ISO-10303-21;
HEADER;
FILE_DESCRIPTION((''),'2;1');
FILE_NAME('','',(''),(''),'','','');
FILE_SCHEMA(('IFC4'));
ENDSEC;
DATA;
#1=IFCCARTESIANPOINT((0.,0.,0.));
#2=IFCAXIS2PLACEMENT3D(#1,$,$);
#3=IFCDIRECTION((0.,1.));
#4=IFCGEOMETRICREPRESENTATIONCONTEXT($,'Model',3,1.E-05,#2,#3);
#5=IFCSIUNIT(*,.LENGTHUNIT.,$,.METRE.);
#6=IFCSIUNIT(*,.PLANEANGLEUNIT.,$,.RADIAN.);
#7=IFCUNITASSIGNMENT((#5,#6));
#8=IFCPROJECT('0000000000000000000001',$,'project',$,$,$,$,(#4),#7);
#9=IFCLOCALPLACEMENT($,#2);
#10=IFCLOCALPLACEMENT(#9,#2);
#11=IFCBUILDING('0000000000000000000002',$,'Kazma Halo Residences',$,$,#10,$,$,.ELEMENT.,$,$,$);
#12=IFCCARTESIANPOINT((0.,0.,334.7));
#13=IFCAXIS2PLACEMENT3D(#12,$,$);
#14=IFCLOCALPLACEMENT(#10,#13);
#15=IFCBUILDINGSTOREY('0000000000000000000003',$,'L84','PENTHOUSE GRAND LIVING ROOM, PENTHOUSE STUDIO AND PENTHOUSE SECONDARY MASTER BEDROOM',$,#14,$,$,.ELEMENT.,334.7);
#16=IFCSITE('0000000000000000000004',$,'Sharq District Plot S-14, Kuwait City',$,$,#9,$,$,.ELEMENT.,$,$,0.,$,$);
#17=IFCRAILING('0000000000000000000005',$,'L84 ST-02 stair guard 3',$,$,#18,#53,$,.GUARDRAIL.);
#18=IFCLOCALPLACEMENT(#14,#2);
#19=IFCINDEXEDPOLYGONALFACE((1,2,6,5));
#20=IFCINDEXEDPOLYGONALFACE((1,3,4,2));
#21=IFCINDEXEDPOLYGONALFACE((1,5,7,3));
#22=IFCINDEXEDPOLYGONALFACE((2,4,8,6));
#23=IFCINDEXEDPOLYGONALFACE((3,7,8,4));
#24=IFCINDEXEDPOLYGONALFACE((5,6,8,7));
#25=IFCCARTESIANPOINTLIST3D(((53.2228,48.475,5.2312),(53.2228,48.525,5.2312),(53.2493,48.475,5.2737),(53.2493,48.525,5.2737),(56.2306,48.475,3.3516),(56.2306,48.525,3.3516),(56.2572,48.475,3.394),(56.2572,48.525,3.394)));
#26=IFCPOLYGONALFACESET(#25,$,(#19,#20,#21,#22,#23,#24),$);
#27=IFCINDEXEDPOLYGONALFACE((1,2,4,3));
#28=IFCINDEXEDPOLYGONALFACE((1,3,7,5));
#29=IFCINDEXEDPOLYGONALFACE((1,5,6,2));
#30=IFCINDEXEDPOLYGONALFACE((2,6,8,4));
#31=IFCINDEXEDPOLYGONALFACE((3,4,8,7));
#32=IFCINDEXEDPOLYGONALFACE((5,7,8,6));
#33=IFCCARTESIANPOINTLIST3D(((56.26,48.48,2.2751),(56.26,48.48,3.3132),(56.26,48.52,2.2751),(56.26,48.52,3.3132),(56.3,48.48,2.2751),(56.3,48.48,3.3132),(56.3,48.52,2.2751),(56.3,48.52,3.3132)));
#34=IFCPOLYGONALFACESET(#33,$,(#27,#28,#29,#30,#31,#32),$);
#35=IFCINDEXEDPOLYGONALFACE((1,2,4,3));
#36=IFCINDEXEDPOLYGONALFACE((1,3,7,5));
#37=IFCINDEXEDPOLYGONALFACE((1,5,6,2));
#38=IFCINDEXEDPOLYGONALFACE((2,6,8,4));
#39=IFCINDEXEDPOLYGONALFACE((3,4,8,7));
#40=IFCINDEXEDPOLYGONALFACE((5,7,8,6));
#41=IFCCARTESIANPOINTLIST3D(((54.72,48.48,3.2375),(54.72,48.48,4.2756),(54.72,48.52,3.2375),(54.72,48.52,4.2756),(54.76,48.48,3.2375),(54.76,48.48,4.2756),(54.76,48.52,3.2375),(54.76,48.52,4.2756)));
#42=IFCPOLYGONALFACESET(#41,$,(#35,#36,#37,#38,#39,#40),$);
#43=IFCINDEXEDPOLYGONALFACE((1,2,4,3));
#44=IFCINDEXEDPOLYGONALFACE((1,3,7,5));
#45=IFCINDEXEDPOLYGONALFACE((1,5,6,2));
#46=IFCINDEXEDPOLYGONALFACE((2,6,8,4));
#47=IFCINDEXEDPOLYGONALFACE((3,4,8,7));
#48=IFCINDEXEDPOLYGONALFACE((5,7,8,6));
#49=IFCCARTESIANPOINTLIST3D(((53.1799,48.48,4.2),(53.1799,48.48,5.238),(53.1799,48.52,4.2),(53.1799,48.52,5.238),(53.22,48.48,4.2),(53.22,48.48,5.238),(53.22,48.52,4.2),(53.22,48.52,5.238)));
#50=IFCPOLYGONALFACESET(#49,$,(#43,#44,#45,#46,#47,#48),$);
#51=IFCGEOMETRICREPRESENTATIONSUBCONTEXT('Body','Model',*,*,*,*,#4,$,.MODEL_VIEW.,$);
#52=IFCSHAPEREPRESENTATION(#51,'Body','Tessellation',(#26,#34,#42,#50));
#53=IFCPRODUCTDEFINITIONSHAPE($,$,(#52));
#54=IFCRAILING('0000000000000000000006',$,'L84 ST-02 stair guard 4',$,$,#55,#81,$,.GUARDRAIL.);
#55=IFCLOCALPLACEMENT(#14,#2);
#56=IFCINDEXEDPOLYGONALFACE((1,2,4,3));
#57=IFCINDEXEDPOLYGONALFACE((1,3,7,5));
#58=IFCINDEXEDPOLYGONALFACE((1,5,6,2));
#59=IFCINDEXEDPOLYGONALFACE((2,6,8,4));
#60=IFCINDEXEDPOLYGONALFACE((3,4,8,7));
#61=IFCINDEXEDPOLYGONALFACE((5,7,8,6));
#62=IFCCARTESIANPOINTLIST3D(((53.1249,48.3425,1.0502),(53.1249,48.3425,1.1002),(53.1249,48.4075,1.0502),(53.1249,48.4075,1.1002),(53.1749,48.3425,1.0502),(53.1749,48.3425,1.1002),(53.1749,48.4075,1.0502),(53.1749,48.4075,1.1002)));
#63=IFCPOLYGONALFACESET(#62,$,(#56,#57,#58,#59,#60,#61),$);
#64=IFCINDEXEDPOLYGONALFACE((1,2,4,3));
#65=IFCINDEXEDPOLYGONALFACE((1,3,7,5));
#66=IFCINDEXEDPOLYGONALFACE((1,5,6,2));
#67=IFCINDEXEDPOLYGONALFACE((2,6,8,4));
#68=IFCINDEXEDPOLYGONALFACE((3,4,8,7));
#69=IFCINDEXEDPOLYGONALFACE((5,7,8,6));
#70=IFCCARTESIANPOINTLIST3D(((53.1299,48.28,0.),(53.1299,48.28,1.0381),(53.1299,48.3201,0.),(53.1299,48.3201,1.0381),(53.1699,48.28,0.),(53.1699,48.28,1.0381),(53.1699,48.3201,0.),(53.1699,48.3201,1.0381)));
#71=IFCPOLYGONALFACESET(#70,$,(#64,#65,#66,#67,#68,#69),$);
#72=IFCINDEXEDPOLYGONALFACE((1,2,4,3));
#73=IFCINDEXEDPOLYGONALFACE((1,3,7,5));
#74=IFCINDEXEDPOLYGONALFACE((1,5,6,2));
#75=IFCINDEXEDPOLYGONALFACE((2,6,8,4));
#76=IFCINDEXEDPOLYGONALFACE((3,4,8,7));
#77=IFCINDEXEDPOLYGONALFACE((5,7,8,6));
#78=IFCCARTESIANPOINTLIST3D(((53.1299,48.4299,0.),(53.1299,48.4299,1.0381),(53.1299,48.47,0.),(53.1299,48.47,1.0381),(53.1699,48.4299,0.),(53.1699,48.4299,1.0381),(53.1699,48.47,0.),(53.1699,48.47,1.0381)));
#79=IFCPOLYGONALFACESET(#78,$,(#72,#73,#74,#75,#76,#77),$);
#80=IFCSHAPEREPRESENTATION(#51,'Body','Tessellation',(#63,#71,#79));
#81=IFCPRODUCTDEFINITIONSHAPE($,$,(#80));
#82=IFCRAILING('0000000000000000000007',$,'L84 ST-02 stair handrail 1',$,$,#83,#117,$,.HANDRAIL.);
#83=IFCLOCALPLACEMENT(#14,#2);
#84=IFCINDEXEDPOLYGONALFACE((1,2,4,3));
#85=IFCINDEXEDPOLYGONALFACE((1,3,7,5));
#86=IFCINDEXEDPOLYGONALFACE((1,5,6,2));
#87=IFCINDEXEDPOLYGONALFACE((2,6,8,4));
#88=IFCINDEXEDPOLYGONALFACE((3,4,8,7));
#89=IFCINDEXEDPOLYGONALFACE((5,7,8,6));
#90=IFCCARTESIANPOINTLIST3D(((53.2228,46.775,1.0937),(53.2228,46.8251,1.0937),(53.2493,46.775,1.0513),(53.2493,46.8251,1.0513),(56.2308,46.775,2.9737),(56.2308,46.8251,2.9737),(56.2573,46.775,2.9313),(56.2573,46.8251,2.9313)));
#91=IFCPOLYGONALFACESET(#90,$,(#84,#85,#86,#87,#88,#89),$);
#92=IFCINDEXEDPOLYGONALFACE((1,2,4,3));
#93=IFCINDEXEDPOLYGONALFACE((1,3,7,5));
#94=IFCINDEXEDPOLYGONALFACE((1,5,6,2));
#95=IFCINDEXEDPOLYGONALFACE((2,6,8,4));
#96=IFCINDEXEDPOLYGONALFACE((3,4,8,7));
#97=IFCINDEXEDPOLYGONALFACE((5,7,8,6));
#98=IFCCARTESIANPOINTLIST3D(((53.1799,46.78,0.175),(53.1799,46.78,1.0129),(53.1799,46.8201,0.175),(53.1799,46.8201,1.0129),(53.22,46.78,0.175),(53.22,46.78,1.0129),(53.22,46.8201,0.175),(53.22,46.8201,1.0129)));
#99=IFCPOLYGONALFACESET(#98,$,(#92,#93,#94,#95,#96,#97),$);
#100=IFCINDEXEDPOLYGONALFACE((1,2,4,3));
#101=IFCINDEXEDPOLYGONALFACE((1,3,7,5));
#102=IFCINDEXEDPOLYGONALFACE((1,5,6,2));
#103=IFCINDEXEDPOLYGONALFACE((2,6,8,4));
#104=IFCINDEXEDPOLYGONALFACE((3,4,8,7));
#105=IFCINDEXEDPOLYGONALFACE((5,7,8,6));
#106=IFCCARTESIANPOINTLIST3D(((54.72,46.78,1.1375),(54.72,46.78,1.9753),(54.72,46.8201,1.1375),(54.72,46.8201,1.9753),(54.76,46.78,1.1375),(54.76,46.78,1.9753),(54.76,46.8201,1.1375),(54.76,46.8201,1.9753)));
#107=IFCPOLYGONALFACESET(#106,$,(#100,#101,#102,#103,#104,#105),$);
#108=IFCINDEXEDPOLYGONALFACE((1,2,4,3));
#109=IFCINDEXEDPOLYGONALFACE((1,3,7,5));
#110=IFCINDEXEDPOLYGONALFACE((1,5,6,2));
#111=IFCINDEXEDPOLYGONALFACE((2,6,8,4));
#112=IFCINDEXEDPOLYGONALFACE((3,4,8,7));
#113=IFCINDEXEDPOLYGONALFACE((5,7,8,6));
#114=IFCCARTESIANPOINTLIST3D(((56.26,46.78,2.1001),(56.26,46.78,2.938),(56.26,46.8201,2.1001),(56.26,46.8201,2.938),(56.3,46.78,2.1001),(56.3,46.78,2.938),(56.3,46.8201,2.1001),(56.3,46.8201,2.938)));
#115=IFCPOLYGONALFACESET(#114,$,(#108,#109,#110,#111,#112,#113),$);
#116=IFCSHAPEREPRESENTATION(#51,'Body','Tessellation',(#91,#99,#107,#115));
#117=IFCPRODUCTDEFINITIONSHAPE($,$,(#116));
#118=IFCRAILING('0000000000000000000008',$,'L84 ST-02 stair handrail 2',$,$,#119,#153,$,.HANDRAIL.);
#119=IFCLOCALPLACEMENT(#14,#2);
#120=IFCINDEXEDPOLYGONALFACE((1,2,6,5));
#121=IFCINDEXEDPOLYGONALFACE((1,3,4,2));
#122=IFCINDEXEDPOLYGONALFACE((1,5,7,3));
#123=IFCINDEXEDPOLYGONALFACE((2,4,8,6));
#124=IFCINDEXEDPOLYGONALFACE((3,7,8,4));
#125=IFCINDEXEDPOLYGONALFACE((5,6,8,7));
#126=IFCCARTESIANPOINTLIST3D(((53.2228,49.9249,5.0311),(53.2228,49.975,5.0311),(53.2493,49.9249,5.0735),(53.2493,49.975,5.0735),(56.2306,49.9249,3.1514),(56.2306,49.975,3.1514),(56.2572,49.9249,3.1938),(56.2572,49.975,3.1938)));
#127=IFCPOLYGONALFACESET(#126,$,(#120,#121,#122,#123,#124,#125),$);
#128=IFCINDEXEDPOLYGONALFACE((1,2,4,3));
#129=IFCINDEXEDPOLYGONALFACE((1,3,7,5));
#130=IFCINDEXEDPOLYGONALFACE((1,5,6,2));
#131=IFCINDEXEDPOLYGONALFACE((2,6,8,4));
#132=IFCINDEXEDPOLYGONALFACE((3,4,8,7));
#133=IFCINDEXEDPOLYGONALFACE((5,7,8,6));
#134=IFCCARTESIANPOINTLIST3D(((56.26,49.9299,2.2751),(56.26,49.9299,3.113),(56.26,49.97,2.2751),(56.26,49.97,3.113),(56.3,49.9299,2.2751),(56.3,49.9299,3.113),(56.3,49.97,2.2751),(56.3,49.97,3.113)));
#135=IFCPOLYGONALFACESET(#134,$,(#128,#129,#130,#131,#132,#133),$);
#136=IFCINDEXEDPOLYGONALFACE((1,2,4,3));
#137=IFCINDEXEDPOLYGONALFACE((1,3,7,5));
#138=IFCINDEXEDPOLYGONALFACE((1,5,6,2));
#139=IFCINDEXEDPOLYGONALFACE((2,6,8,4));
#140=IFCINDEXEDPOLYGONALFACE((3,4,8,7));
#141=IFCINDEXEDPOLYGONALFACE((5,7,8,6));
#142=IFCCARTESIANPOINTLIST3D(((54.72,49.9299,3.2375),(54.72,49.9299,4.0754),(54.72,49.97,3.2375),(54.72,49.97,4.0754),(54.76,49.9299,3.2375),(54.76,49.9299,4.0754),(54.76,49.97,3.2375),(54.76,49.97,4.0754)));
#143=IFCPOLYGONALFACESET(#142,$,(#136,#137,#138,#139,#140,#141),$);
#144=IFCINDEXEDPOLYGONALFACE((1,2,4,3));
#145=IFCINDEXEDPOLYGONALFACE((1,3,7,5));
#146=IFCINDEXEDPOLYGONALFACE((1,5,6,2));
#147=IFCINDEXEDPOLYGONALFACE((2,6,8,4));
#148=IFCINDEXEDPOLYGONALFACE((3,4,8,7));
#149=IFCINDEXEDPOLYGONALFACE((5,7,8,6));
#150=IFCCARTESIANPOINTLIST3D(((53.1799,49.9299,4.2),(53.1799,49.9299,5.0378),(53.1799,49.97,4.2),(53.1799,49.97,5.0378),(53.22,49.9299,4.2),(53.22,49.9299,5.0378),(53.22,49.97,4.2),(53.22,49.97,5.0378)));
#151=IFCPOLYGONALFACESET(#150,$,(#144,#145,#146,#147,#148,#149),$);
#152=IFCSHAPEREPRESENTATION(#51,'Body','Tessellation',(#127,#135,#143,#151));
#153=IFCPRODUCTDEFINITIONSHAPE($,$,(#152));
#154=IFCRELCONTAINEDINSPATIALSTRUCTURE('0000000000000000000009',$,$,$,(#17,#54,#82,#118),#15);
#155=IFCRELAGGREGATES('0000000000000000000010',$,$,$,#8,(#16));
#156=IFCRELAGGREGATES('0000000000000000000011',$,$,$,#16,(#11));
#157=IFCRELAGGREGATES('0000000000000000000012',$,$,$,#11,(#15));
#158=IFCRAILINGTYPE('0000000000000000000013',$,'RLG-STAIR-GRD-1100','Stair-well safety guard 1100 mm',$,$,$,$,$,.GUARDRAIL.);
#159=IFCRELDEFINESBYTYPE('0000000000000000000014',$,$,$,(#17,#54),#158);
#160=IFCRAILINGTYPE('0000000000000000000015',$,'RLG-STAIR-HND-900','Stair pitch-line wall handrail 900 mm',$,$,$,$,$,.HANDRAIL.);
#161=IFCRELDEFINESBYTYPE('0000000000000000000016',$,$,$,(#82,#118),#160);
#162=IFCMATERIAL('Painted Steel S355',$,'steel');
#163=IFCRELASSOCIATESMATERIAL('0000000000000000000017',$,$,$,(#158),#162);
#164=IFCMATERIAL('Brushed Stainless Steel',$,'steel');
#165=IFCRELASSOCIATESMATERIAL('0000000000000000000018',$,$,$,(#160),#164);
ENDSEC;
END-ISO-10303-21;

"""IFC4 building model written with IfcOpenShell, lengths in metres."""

from ifc_helpers import new_model, si_unit, direction, frame, origin, origin_2d, place, context, subcontext, project, spatial, rectangle, extrude, material, type_object, element, save


model = new_model("IFC4")

# Units and contexts
model_context = context("Model", 3, precision=1e-05, world=origin(), true_north=direction((0.0, 1.0)))
body_context = subcontext(model_context, "Body", "Model", "MODEL_VIEW")
ifc_project = project(units=[si_unit("LENGTHUNIT", "METRE"), si_unit("PLANEANGLEUNIT", "RADIAN")], contexts=[model_context])

# Site, building, storey
site_placement = place(None, origin())
site = spatial("IfcSite", under=ifc_project, at=site_placement, Name="Sharq District Plot S-14, Kuwait City", CompositionType="ELEMENT", RefElevation=0.0)
building_placement = place(site_placement, origin())
building = spatial("IfcBuilding", under=site, at=building_placement, Name="Kazma Halo Residences", CompositionType="ELEMENT")
storey_placement = place(building_placement, frame((0.0, 0.0, 334.7)))
storey = spatial("IfcBuildingStorey", under=building, at=storey_placement, Name="L84", Description="PENTHOUSE GRAND LIVING ROOM, PENTHOUSE STUDIO AND PENTHOUSE SECONDARY MASTER BEDROOM", CompositionType="ELEMENT", Elevation=334.7)

# Railings
ifc_material_1 = material(Name="Painted Steel S355", Category="steel")
railing_type_1 = type_object("IfcRailingType", Name="RLG-STAIR-GRD-1100", Description="Stair-well safety guard 1100 mm", PredefinedType="GUARDRAIL", material=ifc_material_1)
railing_1_placement = place(storey_placement, frame((56.28, 48.5, 2.2751)))
element("IfcRailing", 1, at=railing_1_placement, inside=storey, type_object=railing_type_1, Name="L84 ST-02 stair guard 3", PredefinedType="GUARDRAIL", context=body_context, shape_type="SweptSolid", body=[
    extrude(rectangle(XDim=0.05, YDim=0.05, at=origin_2d()), frame((-0.0361, 0.0, 1.0977), z_axis=(-0.848029, 0.0, 0.529951), x_axis=(0.0, -1.0, 0.0)), (0.0, 0.0, 1.0), 3.5469),
    extrude(rectangle(XDim=0.04, YDim=0.04, at=origin_2d()), origin(), (0.0, 0.0, 1.0), 1.0381),
    extrude(rectangle(XDim=0.04, YDim=0.04, at=origin_2d()), frame((-1.54, 0.0, 0.9624)), (0.0, 0.0, 1.0), 1.0381),
    extrude(rectangle(XDim=0.04, YDim=0.04, at=origin_2d()), frame((-3.0801, 0.0, 1.9248)), (0.0, 0.0, 1.0), 1.0381),
])
railing_2_placement = place(storey_placement, frame((53.1499, 48.3, 0.0)))
element("IfcRailing", 2, at=railing_2_placement, inside=storey, type_object=railing_type_1, Name="L84 ST-02 stair guard 4", PredefinedType="GUARDRAIL", context=body_context, shape_type="SweptSolid", body=[
    extrude(rectangle(XDim=0.05, YDim=0.05, at=origin_2d()), frame((0.0, 0.0425, 1.0752), z_axis=(0.0, 1.0, 0.0), x_axis=(-1.0, 0.0, 0.0)), (0.0, 0.0, 1.0), 0.0649),
    extrude(rectangle(XDim=0.04, YDim=0.04, at=origin_2d()), origin(), (0.0, 0.0, 1.0), 1.0381),
    extrude(rectangle(XDim=0.04, YDim=0.04, at=origin_2d()), frame((0.0, 0.1499, 0.0)), (0.0, 0.0, 1.0), 1.0381),
])
ifc_material_2 = material(Name="Brushed Stainless Steel", Category="steel")
railing_type_2 = type_object("IfcRailingType", Name="RLG-STAIR-HND-900", Description="Stair pitch-line wall handrail 900 mm", PredefinedType="HANDRAIL", material=ifc_material_2)
railing_3_placement = place(storey_placement, frame((53.2, 46.8, 0.175)))
element("IfcRailing", 3, at=railing_3_placement, inside=storey, type_object=railing_type_2, Name="L84 ST-02 stair handrail 1", PredefinedType="HANDRAIL", context=body_context, shape_type="SweptSolid", body=[
    extrude(rectangle(XDim=0.05, YDim=0.05, at=origin_2d()), frame((0.0361, 0.0, 0.8975), z_axis=(0.847998, 0.0, 0.529999), x_axis=(0.0, 1.0, 0.0)), (0.0, 0.0, 1.0), 3.5471),
    extrude(rectangle(XDim=0.04, YDim=0.04, at=origin_2d()), origin(), (0.0, 0.0, 1.0), 0.8379),
    extrude(rectangle(XDim=0.04, YDim=0.04, at=origin_2d()), frame((1.54, 0.0, 0.9624)), (0.0, 0.0, 1.0), 0.8379),
    extrude(rectangle(XDim=0.04, YDim=0.04, at=origin_2d()), frame((3.0801, 0.0, 1.925)), (0.0, 0.0, 1.0), 0.8379),
])
railing_4_placement = place(storey_placement, frame((56.28, 49.95, 2.2751)))
element("IfcRailing", 4, at=railing_4_placement, inside=storey, type_object=railing_type_2, Name="L84 ST-02 stair handrail 2", PredefinedType="HANDRAIL", context=body_context, shape_type="SweptSolid", body=[
    extrude(rectangle(XDim=0.05, YDim=0.05, at=origin_2d()), frame((-0.0361, 0.0, 0.8975), z_axis=(-0.848029, 0.0, 0.529951), x_axis=(0.0, -1.0, 0.0)), (0.0, 0.0, 1.0), 3.5469),
    extrude(rectangle(XDim=0.04, YDim=0.04, at=origin_2d()), origin(), (0.0, 0.0, 1.0), 0.8379),
    extrude(rectangle(XDim=0.04, YDim=0.04, at=origin_2d()), frame((-1.54, 0.0, 0.9624)), (0.0, 0.0, 1.0), 0.8379),
    extrude(rectangle(XDim=0.04, YDim=0.04, at=origin_2d()), frame((-3.0801, 0.0, 1.9248)), (0.0, 0.0, 1.0), 0.8379),
])

save(model, "model.ifc")
